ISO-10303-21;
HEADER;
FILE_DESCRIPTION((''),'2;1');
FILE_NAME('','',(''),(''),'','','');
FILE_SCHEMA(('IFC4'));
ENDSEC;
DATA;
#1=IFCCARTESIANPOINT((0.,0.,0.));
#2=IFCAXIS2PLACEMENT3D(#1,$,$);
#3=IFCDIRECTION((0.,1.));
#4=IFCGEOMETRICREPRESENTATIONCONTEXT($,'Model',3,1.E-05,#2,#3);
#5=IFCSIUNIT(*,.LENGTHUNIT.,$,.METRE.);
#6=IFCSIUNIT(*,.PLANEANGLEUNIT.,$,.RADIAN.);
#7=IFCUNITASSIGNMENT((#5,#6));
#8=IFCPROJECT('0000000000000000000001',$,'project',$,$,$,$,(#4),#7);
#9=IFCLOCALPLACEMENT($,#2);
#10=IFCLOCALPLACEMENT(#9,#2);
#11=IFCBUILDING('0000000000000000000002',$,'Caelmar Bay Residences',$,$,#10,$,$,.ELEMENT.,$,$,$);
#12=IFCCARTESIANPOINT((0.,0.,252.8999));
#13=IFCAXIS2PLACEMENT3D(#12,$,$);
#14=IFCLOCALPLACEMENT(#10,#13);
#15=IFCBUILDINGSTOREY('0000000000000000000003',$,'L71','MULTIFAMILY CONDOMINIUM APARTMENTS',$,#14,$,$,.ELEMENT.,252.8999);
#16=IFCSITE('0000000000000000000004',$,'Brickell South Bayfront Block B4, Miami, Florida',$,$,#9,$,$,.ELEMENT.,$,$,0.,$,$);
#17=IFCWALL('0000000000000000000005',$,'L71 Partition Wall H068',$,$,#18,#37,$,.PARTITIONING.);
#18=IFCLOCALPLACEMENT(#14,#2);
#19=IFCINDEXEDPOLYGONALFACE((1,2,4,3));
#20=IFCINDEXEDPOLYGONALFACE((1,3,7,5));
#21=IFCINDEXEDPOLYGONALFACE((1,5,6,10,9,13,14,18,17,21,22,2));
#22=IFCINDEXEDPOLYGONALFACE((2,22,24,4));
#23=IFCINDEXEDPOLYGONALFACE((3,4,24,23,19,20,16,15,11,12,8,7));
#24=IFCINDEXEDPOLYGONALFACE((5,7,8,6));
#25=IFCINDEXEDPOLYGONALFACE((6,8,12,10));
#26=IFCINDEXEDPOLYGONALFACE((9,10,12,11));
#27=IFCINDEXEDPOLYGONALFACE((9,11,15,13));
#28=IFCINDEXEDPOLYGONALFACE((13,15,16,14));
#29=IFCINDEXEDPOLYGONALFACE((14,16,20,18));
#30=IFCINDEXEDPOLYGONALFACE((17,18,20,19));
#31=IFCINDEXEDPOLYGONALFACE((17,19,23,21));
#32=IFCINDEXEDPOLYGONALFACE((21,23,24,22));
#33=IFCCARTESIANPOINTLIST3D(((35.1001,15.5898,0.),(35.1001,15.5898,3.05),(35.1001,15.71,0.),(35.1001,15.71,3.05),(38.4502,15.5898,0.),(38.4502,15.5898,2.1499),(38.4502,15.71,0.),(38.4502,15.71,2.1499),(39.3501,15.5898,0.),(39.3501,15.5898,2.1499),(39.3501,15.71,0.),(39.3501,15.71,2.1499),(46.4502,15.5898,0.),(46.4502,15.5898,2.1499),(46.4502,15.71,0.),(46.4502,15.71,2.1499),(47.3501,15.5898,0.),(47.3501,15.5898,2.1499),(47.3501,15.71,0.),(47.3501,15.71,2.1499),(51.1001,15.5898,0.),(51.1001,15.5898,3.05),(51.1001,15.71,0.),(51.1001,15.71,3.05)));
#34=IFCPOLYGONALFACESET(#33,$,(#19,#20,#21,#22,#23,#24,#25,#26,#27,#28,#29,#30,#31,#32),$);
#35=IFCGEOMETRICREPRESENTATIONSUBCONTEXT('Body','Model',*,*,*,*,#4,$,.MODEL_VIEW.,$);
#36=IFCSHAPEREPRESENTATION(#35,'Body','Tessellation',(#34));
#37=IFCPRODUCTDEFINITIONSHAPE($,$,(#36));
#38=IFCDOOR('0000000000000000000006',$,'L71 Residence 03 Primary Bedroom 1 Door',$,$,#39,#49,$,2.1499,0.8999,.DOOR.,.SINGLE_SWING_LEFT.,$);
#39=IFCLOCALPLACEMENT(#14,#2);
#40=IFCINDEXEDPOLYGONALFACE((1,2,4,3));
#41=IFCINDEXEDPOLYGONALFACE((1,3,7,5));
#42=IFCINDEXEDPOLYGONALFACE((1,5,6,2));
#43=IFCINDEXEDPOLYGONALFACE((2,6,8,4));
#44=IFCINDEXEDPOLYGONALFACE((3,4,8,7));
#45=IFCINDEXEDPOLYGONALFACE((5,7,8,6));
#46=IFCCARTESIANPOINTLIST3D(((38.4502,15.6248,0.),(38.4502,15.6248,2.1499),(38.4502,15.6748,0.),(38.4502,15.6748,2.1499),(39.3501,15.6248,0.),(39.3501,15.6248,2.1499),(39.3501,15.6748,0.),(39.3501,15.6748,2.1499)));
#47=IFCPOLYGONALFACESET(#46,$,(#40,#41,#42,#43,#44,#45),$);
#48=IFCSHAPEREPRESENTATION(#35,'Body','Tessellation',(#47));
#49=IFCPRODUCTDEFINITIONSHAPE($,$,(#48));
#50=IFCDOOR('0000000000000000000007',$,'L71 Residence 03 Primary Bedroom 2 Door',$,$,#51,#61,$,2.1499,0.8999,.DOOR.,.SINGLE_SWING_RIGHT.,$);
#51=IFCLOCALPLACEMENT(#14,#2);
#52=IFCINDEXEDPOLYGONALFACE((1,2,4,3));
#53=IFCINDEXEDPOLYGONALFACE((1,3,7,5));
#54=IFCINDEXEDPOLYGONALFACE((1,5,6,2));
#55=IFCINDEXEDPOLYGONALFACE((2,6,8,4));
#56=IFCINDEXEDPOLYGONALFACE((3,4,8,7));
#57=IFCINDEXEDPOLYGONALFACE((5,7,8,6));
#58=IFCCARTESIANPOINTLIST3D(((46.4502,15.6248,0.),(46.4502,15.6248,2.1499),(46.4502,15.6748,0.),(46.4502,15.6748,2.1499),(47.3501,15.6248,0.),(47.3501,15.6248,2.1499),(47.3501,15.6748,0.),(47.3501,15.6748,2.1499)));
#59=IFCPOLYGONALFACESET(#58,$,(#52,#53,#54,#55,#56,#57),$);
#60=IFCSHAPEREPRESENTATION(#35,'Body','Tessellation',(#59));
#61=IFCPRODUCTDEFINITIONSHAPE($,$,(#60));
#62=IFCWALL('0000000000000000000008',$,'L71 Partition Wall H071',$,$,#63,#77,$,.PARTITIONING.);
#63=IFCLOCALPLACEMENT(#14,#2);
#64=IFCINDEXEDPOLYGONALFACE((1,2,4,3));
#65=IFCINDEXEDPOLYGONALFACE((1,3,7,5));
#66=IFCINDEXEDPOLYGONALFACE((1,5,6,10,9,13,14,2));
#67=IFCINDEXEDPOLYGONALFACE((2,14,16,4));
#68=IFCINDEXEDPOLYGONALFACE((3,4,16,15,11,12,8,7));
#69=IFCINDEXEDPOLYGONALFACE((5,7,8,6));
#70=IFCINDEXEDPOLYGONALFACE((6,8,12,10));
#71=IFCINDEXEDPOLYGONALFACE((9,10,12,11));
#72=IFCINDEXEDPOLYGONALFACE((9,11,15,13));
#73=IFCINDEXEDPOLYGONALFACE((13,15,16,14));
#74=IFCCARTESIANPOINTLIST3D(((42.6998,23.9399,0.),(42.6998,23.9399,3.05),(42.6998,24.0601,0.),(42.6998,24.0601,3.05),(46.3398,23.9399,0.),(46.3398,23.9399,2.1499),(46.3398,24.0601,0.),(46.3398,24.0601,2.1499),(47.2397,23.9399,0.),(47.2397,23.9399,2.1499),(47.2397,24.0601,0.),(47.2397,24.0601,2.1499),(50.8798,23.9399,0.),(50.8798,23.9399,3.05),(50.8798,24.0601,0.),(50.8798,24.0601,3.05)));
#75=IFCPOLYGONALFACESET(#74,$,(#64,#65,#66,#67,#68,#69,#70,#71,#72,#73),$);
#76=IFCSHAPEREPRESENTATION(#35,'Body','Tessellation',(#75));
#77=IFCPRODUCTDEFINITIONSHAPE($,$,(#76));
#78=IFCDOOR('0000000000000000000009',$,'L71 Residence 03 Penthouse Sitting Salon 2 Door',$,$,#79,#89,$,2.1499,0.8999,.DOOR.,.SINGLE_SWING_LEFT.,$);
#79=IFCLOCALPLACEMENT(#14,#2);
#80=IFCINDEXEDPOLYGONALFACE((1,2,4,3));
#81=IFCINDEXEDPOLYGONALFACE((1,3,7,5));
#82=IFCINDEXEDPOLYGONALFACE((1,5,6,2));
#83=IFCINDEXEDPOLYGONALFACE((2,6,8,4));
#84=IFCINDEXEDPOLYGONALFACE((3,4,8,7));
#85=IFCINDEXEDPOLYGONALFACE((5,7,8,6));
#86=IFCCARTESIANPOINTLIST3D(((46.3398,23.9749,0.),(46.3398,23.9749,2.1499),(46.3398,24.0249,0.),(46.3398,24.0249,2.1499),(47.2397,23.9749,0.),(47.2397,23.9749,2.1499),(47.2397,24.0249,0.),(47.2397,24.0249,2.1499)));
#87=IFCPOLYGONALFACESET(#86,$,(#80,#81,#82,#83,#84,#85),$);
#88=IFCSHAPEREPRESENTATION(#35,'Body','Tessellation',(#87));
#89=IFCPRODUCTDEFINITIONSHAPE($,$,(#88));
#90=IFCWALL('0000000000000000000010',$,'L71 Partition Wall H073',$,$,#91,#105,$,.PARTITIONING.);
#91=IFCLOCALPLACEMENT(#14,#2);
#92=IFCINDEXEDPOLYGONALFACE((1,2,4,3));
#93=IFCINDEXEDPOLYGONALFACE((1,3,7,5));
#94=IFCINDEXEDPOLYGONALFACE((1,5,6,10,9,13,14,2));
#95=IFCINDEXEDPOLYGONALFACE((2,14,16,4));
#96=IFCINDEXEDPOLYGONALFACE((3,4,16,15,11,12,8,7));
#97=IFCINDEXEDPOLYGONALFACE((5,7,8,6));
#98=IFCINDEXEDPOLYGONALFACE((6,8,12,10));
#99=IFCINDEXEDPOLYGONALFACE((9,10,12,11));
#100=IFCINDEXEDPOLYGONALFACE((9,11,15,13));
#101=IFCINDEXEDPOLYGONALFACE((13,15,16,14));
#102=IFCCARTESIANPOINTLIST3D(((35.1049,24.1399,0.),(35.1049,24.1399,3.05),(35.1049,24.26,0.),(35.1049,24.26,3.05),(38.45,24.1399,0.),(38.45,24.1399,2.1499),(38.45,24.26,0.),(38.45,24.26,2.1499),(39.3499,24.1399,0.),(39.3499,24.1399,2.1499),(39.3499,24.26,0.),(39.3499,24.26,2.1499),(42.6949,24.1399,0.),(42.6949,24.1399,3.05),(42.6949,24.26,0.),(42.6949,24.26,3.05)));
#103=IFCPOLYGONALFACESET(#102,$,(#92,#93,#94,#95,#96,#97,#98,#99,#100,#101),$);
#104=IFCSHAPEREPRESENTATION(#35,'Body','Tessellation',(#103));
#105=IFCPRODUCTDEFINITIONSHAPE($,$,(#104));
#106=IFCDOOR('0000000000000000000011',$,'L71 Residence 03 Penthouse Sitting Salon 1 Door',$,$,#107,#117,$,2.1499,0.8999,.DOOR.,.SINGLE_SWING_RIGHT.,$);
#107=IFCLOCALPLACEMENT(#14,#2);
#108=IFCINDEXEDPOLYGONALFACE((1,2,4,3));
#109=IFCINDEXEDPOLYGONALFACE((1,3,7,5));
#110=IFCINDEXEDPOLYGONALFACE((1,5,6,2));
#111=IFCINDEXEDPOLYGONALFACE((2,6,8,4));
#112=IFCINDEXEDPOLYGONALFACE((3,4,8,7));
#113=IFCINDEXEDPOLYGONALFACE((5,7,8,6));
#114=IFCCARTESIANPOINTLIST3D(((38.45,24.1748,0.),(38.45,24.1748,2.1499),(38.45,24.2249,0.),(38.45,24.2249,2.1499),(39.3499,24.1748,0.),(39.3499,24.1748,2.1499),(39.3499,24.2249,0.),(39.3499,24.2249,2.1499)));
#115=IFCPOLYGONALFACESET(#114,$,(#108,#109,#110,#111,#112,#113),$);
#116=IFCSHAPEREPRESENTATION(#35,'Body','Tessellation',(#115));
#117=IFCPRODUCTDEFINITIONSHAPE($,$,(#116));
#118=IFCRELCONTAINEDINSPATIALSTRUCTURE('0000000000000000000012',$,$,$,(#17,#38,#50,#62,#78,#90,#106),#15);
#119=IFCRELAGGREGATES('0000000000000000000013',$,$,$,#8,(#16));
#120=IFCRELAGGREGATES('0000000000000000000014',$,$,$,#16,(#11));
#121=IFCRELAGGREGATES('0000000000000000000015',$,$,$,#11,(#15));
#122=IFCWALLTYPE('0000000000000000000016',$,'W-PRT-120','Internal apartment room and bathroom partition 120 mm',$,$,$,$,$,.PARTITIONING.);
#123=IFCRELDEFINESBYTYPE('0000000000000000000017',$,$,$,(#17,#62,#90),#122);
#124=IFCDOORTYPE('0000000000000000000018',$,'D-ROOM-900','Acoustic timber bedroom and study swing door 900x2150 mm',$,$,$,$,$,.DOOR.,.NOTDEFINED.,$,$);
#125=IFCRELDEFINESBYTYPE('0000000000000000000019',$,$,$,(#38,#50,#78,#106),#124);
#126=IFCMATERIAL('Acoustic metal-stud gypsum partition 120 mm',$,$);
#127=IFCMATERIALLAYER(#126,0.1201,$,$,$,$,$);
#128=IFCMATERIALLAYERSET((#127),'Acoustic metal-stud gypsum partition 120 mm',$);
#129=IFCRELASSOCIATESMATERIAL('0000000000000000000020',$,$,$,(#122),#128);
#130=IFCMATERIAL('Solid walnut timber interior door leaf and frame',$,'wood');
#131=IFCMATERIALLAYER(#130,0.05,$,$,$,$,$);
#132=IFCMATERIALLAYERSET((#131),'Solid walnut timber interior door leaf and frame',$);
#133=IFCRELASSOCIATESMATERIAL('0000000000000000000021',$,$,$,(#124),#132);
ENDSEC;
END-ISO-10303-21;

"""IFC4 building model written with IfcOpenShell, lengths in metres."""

from ifc_helpers import new_model, si_unit, direction, frame, frame_2d, origin, place, context, subcontext, project, spatial, rectangle, extrude, material, layer, layer_set, type_object, element, fill, save


model = new_model("IFC4")

# Units and contexts
model_context = context("Model", 3, precision=1e-05, world=origin(), true_north=direction((0.0, 1.0)))
body_context = subcontext(model_context, "Body", "Model", "MODEL_VIEW")
ifc_project = project(units=[si_unit("LENGTHUNIT", "METRE"), si_unit("PLANEANGLEUNIT", "RADIAN")], contexts=[model_context])

# Site, building, storey
site_placement = place(None, origin())
site = spatial("IfcSite", under=ifc_project, at=site_placement, Name="Brickell South Bayfront Block B4, Miami, Florida", CompositionType="ELEMENT", RefElevation=0.0)
building_placement = place(site_placement, origin())
building = spatial("IfcBuilding", under=site, at=building_placement, Name="Caelmar Bay Residences", CompositionType="ELEMENT")
storey_placement = place(building_placement, frame((0.0, 0.0, 252.8999)))
storey = spatial("IfcBuildingStorey", under=building, at=storey_placement, Name="L71", Description="MULTIFAMILY CONDOMINIUM APARTMENTS", CompositionType="ELEMENT", Elevation=252.8999)

# Shared definitions
ifc_material_1 = material(Name="Acoustic metal-stud gypsum partition 120 mm")
ifc_layer_1 = layer(ifc_material_1, 0.1201)
ifc_layer_set_1 = layer_set([ifc_layer_1], Name="Acoustic metal-stud gypsum partition 120 mm")
wall_type = type_object("IfcWallType", Name="W-PRT-120", Description="Internal apartment room and bathroom partition 120 mm", PredefinedType="PARTITIONING", material=ifc_layer_set_1)

# Shared definitions
ifc_material_2 = material(Name="Solid walnut timber interior door leaf and frame", Category="wood")
ifc_layer_2 = layer(ifc_material_2, 0.05)
ifc_layer_set_2 = layer_set([ifc_layer_2], Name="Solid walnut timber interior door leaf and frame")
door_type = type_object("IfcDoorType", Name="D-ROOM-900", Description="Acoustic timber bedroom and study swing door 900x2150 mm", OperationType="NOTDEFINED", PredefinedType="DOOR", material=ifc_layer_set_2)

# Wall, openings, doors
wall_1_placement = place(storey_placement, frame((35.1001, 15.6499, 0.0), z_axis=(0.0, 0.0, 1.0), x_axis=(1.0, 0.0, 0.0)))
wall_1 = element("IfcWall", 1, at=wall_1_placement, inside=storey, type_object=wall_type, Name="L71 Partition Wall H068", PredefinedType="PARTITIONING", context=body_context, shape_type="SweptSolid", body=[
    extrude(rectangle(XDim=16.0, YDim=0.1201, at=frame_2d((8.0, 0.0))), origin(), (0.0, 0.0, 1.0), 3.05),
])
opening_1_placement = place(wall_1_placement, frame((3.3501, 0.0, 0.0)))
opening_1 = element("IfcOpeningElement", 2, at=opening_1_placement, cuts=wall_1, PredefinedType="OPENING", context=body_context, shape_type="SweptSolid", body=[
    extrude(rectangle(XDim=0.8999, YDim=2.1499, at=frame_2d((0.45, 1.075))), frame((0.0, 0.0701, 0.0), z_axis=(0.0, -1.0, 0.0), x_axis=(1.0, 0.0, 0.0)), (0.0, 0.0, 1.0), 0.1401),
])
opening_2_placement = place(wall_1_placement, frame((11.3501, 0.0, 0.0)))
opening_2 = element("IfcOpeningElement", 3, at=opening_2_placement, cuts=wall_1, PredefinedType="OPENING", context=body_context, shape_type="SweptSolid", body=[
    extrude(rectangle(XDim=0.8999, YDim=2.1499, at=frame_2d((0.45, 1.075))), frame((0.0, 0.0701, 0.0), z_axis=(0.0, -1.0, 0.0), x_axis=(1.0, 0.0, 0.0)), (0.0, 0.0, 1.0), 0.1401),
])
door_1_placement = place(opening_1_placement, origin())
door_1 = element("IfcDoor", 4, at=door_1_placement, inside=storey, type_object=door_type, Name="L71 Residence 03 Primary Bedroom 1 Door", OperationType="SINGLE_SWING_LEFT", OverallHeight=2.1499, OverallWidth=0.8999, PredefinedType="DOOR", context=body_context, shape_type="SweptSolid", body=[
    extrude(rectangle(XDim=0.8999, YDim=2.1499, at=frame_2d((0.45, 1.075))), frame((0.0, 0.0249, 0.0), z_axis=(0.0, -1.0, 0.0), x_axis=(1.0, 0.0, 0.0)), (0.0, 0.0, 1.0), 0.05),
])
fill(opening_1, door_1)
door_2_placement = place(opening_2_placement, origin())
door_2 = element("IfcDoor", 5, at=door_2_placement, inside=storey, type_object=door_type, Name="L71 Residence 03 Primary Bedroom 2 Door", OperationType="SINGLE_SWING_RIGHT", OverallHeight=2.1499, OverallWidth=0.8999, PredefinedType="DOOR", context=body_context, shape_type="SweptSolid", body=[
    extrude(rectangle(XDim=0.8999, YDim=2.1499, at=frame_2d((0.45, 1.075))), frame((0.0, 0.0249, 0.0), z_axis=(0.0, -1.0, 0.0), x_axis=(1.0, 0.0, 0.0)), (0.0, 0.0, 1.0), 0.05),
])
fill(opening_2, door_2)

# Walls, openings, doors
wall_2_placement = place(storey_placement, frame((42.7, 24.0, 0.0), z_axis=(0.0, 0.0, 1.0), x_axis=(1.0, 0.0, 0.0)))
wall_2 = element("IfcWall", 6, at=wall_2_placement, inside=storey, type_object=wall_type, Name="L71 Partition Wall H071", PredefinedType="PARTITIONING", context=body_context, shape_type="SweptSolid", body=[
    extrude(rectangle(XDim=8.1799, YDim=0.1201, at=frame_2d((4.0898, 0.0))), origin(), (0.0, 0.0, 1.0), 3.05),
])
opening_3_placement = place(wall_2_placement, frame((3.6399, 0.0, 0.0)))
opening_3 = element("IfcOpeningElement", 7, at=opening_3_placement, cuts=wall_2, PredefinedType="OPENING", context=body_context, shape_type="SweptSolid", body=[
    extrude(rectangle(XDim=0.8999, YDim=2.1499, at=frame_2d((0.45, 1.075))), frame((0.0, 0.0701, 0.0), z_axis=(0.0, -1.0, 0.0), x_axis=(1.0, 0.0, 0.0)), (0.0, 0.0, 1.0), 0.1401),
])
door_3_placement = place(opening_3_placement, origin())
door_3 = element("IfcDoor", 8, at=door_3_placement, inside=storey, type_object=door_type, Name="L71 Residence 03 Penthouse Sitting Salon 2 Door", OperationType="SINGLE_SWING_LEFT", OverallHeight=2.1499, OverallWidth=0.8999, PredefinedType="DOOR", context=body_context, shape_type="SweptSolid", body=[
    extrude(rectangle(XDim=0.8999, YDim=2.1499, at=frame_2d((0.45, 1.075))), frame((0.0, 0.0249, 0.0), z_axis=(0.0, -1.0, 0.0), x_axis=(1.0, 0.0, 0.0)), (0.0, 0.0, 1.0), 0.05),
])
fill(opening_3, door_3)
wall_3_placement = place(storey_placement, frame((35.105, 24.2, 0.0), z_axis=(0.0, 0.0, 1.0), x_axis=(1.0, 0.0, 0.0)))
wall_3 = element("IfcWall", 9, at=wall_3_placement, inside=storey, type_object=wall_type, Name="L71 Partition Wall H073", PredefinedType="PARTITIONING", context=body_context, shape_type="SweptSolid", body=[
    extrude(rectangle(XDim=7.5901, YDim=0.1201, at=frame_2d((3.7949, 0.0))), origin(), (0.0, 0.0, 1.0), 3.05),
])
opening_4_placement = place(wall_3_placement, frame((3.345, 0.0, 0.0)))
opening_4 = element("IfcOpeningElement", 10, at=opening_4_placement, cuts=wall_3, PredefinedType="OPENING", context=body_context, shape_type="SweptSolid", body=[
    extrude(rectangle(XDim=0.8999, YDim=2.1499, at=frame_2d((0.45, 1.075))), frame((0.0, 0.0701, 0.0), z_axis=(0.0, -1.0, 0.0), x_axis=(1.0, 0.0, 0.0)), (0.0, 0.0, 1.0), 0.1401),
])
door_4_placement = place(opening_4_placement, origin())
door_4 = element("IfcDoor", 11, at=door_4_placement, inside=storey, type_object=door_type, Name="L71 Residence 03 Penthouse Sitting Salon 1 Door", OperationType="SINGLE_SWING_RIGHT", OverallHeight=2.1499, OverallWidth=0.8999, PredefinedType="DOOR", context=body_context, shape_type="SweptSolid", body=[
    extrude(rectangle(XDim=0.8999, YDim=2.1499, at=frame_2d((0.45, 1.075))), frame((0.0, 0.0249, 0.0), z_axis=(0.0, -1.0, 0.0), x_axis=(1.0, 0.0, 0.0)), (0.0, 0.0, 1.0), 0.05),
])
fill(opening_4, door_4)

save(model, "model.ifc")
